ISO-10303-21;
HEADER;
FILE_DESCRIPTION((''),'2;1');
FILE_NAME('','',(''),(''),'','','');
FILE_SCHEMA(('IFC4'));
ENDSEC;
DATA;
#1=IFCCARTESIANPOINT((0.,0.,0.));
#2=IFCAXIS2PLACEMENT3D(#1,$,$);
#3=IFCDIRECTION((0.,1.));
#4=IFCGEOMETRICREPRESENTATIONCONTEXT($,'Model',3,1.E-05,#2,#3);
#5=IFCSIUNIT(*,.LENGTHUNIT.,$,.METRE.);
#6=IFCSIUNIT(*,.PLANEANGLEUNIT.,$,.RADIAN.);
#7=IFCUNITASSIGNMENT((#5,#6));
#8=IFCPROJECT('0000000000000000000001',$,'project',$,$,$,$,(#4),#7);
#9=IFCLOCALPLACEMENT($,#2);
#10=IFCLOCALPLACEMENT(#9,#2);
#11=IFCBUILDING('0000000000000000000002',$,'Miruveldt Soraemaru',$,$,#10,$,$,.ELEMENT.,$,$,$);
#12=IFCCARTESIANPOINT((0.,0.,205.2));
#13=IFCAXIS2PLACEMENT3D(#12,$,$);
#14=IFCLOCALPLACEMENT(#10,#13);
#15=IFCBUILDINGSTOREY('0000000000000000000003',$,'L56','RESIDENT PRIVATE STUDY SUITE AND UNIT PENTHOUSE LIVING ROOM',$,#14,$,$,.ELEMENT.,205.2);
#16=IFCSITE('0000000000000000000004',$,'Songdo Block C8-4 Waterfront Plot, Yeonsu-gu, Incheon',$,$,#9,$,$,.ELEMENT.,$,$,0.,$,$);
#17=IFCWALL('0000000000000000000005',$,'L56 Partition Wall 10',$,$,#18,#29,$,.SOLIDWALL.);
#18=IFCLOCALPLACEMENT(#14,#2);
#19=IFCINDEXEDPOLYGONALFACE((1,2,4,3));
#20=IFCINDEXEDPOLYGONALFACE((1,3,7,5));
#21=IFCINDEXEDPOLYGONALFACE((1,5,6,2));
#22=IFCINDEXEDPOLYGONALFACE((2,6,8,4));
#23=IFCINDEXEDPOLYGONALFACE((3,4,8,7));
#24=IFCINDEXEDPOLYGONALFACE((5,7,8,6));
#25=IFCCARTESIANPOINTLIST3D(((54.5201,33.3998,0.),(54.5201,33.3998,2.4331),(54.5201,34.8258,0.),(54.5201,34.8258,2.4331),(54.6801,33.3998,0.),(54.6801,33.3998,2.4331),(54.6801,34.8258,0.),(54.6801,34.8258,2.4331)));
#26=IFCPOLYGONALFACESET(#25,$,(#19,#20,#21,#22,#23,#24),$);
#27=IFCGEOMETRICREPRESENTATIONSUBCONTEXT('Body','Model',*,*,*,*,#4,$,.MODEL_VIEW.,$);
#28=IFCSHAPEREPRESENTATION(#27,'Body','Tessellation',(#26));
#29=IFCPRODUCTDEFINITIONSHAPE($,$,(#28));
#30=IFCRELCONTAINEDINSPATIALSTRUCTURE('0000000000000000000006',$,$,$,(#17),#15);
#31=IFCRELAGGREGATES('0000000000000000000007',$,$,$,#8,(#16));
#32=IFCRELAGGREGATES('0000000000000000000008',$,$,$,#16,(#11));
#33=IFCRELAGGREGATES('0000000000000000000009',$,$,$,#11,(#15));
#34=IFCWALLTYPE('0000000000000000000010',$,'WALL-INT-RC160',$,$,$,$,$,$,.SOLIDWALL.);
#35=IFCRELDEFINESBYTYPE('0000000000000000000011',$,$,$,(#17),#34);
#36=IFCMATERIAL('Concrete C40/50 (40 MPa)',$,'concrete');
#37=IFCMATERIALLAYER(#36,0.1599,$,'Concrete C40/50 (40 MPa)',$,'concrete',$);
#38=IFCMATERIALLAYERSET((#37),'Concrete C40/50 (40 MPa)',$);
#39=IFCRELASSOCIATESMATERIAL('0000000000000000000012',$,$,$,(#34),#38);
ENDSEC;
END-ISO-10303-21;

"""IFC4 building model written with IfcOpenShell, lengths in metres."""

from ifc_helpers import new_model, si_unit, direction, frame, frame_2d, origin, place, context, subcontext, project, spatial, rectangle, extrude, material, layer, layer_set, type_object, element, save


model = new_model("IFC4")

# Units and contexts
model_context = context("Model", 3, precision=1e-05, world=origin(), true_north=direction((0.0, 1.0)))
body_context = subcontext(model_context, "Body", "Model", "MODEL_VIEW")
ifc_project = project(units=[si_unit("LENGTHUNIT", "METRE"), si_unit("PLANEANGLEUNIT", "RADIAN")], contexts=[model_context])

# Site, building, storey
site_placement = place(None, origin())
site = spatial("IfcSite", under=ifc_project, at=site_placement, Name="Songdo Block C8-4 Waterfront Plot, Yeonsu-gu, Incheon", CompositionType="ELEMENT", RefElevation=0.0)
building_placement = place(site_placement, origin())
building = spatial("IfcBuilding", under=site, at=building_placement, Name="Miruveldt Soraemaru", CompositionType="ELEMENT")
storey_placement = place(building_placement, frame((0.0, 0.0, 205.2)))
storey = spatial("IfcBuildingStorey", under=building, at=storey_placement, Name="L56", Description="RESIDENT PRIVATE STUDY SUITE AND UNIT PENTHOUSE LIVING ROOM", CompositionType="ELEMENT", Elevation=205.2)

# Wall
ifc_material_1 = material(Name="Concrete C40/50 (40 MPa)", Category="concrete")
ifc_layer_1 = layer(ifc_material_1, 0.1599, Name="Concrete C40/50 (40 MPa)", Category="concrete")
ifc_layer_set_1 = layer_set([ifc_layer_1], Name="Concrete C40/50 (40 MPa)")
wall_type_1 = type_object("IfcWallType", Name="WALL-INT-RC160", PredefinedType="SOLIDWALL", material=ifc_layer_set_1)
wall_1_placement = place(storey_placement, frame((54.6001, 33.3999, 0.0), z_axis=(0.0, 0.0, 1.0), x_axis=(0.0, 1.0, 0.0)))
element("IfcWall", 1, at=wall_1_placement, inside=storey, type_object=wall_type_1, Name="L56 Partition Wall 10", PredefinedType="SOLIDWALL", context=body_context, shape_type="SweptSolid", body=[
    extrude(rectangle(XDim=1.426, YDim=0.1599, at=frame_2d((0.7129, 0.0))), origin(), (0.0, 0.0, 1.0), 2.4331),
])

save(model, "model.ifc")
